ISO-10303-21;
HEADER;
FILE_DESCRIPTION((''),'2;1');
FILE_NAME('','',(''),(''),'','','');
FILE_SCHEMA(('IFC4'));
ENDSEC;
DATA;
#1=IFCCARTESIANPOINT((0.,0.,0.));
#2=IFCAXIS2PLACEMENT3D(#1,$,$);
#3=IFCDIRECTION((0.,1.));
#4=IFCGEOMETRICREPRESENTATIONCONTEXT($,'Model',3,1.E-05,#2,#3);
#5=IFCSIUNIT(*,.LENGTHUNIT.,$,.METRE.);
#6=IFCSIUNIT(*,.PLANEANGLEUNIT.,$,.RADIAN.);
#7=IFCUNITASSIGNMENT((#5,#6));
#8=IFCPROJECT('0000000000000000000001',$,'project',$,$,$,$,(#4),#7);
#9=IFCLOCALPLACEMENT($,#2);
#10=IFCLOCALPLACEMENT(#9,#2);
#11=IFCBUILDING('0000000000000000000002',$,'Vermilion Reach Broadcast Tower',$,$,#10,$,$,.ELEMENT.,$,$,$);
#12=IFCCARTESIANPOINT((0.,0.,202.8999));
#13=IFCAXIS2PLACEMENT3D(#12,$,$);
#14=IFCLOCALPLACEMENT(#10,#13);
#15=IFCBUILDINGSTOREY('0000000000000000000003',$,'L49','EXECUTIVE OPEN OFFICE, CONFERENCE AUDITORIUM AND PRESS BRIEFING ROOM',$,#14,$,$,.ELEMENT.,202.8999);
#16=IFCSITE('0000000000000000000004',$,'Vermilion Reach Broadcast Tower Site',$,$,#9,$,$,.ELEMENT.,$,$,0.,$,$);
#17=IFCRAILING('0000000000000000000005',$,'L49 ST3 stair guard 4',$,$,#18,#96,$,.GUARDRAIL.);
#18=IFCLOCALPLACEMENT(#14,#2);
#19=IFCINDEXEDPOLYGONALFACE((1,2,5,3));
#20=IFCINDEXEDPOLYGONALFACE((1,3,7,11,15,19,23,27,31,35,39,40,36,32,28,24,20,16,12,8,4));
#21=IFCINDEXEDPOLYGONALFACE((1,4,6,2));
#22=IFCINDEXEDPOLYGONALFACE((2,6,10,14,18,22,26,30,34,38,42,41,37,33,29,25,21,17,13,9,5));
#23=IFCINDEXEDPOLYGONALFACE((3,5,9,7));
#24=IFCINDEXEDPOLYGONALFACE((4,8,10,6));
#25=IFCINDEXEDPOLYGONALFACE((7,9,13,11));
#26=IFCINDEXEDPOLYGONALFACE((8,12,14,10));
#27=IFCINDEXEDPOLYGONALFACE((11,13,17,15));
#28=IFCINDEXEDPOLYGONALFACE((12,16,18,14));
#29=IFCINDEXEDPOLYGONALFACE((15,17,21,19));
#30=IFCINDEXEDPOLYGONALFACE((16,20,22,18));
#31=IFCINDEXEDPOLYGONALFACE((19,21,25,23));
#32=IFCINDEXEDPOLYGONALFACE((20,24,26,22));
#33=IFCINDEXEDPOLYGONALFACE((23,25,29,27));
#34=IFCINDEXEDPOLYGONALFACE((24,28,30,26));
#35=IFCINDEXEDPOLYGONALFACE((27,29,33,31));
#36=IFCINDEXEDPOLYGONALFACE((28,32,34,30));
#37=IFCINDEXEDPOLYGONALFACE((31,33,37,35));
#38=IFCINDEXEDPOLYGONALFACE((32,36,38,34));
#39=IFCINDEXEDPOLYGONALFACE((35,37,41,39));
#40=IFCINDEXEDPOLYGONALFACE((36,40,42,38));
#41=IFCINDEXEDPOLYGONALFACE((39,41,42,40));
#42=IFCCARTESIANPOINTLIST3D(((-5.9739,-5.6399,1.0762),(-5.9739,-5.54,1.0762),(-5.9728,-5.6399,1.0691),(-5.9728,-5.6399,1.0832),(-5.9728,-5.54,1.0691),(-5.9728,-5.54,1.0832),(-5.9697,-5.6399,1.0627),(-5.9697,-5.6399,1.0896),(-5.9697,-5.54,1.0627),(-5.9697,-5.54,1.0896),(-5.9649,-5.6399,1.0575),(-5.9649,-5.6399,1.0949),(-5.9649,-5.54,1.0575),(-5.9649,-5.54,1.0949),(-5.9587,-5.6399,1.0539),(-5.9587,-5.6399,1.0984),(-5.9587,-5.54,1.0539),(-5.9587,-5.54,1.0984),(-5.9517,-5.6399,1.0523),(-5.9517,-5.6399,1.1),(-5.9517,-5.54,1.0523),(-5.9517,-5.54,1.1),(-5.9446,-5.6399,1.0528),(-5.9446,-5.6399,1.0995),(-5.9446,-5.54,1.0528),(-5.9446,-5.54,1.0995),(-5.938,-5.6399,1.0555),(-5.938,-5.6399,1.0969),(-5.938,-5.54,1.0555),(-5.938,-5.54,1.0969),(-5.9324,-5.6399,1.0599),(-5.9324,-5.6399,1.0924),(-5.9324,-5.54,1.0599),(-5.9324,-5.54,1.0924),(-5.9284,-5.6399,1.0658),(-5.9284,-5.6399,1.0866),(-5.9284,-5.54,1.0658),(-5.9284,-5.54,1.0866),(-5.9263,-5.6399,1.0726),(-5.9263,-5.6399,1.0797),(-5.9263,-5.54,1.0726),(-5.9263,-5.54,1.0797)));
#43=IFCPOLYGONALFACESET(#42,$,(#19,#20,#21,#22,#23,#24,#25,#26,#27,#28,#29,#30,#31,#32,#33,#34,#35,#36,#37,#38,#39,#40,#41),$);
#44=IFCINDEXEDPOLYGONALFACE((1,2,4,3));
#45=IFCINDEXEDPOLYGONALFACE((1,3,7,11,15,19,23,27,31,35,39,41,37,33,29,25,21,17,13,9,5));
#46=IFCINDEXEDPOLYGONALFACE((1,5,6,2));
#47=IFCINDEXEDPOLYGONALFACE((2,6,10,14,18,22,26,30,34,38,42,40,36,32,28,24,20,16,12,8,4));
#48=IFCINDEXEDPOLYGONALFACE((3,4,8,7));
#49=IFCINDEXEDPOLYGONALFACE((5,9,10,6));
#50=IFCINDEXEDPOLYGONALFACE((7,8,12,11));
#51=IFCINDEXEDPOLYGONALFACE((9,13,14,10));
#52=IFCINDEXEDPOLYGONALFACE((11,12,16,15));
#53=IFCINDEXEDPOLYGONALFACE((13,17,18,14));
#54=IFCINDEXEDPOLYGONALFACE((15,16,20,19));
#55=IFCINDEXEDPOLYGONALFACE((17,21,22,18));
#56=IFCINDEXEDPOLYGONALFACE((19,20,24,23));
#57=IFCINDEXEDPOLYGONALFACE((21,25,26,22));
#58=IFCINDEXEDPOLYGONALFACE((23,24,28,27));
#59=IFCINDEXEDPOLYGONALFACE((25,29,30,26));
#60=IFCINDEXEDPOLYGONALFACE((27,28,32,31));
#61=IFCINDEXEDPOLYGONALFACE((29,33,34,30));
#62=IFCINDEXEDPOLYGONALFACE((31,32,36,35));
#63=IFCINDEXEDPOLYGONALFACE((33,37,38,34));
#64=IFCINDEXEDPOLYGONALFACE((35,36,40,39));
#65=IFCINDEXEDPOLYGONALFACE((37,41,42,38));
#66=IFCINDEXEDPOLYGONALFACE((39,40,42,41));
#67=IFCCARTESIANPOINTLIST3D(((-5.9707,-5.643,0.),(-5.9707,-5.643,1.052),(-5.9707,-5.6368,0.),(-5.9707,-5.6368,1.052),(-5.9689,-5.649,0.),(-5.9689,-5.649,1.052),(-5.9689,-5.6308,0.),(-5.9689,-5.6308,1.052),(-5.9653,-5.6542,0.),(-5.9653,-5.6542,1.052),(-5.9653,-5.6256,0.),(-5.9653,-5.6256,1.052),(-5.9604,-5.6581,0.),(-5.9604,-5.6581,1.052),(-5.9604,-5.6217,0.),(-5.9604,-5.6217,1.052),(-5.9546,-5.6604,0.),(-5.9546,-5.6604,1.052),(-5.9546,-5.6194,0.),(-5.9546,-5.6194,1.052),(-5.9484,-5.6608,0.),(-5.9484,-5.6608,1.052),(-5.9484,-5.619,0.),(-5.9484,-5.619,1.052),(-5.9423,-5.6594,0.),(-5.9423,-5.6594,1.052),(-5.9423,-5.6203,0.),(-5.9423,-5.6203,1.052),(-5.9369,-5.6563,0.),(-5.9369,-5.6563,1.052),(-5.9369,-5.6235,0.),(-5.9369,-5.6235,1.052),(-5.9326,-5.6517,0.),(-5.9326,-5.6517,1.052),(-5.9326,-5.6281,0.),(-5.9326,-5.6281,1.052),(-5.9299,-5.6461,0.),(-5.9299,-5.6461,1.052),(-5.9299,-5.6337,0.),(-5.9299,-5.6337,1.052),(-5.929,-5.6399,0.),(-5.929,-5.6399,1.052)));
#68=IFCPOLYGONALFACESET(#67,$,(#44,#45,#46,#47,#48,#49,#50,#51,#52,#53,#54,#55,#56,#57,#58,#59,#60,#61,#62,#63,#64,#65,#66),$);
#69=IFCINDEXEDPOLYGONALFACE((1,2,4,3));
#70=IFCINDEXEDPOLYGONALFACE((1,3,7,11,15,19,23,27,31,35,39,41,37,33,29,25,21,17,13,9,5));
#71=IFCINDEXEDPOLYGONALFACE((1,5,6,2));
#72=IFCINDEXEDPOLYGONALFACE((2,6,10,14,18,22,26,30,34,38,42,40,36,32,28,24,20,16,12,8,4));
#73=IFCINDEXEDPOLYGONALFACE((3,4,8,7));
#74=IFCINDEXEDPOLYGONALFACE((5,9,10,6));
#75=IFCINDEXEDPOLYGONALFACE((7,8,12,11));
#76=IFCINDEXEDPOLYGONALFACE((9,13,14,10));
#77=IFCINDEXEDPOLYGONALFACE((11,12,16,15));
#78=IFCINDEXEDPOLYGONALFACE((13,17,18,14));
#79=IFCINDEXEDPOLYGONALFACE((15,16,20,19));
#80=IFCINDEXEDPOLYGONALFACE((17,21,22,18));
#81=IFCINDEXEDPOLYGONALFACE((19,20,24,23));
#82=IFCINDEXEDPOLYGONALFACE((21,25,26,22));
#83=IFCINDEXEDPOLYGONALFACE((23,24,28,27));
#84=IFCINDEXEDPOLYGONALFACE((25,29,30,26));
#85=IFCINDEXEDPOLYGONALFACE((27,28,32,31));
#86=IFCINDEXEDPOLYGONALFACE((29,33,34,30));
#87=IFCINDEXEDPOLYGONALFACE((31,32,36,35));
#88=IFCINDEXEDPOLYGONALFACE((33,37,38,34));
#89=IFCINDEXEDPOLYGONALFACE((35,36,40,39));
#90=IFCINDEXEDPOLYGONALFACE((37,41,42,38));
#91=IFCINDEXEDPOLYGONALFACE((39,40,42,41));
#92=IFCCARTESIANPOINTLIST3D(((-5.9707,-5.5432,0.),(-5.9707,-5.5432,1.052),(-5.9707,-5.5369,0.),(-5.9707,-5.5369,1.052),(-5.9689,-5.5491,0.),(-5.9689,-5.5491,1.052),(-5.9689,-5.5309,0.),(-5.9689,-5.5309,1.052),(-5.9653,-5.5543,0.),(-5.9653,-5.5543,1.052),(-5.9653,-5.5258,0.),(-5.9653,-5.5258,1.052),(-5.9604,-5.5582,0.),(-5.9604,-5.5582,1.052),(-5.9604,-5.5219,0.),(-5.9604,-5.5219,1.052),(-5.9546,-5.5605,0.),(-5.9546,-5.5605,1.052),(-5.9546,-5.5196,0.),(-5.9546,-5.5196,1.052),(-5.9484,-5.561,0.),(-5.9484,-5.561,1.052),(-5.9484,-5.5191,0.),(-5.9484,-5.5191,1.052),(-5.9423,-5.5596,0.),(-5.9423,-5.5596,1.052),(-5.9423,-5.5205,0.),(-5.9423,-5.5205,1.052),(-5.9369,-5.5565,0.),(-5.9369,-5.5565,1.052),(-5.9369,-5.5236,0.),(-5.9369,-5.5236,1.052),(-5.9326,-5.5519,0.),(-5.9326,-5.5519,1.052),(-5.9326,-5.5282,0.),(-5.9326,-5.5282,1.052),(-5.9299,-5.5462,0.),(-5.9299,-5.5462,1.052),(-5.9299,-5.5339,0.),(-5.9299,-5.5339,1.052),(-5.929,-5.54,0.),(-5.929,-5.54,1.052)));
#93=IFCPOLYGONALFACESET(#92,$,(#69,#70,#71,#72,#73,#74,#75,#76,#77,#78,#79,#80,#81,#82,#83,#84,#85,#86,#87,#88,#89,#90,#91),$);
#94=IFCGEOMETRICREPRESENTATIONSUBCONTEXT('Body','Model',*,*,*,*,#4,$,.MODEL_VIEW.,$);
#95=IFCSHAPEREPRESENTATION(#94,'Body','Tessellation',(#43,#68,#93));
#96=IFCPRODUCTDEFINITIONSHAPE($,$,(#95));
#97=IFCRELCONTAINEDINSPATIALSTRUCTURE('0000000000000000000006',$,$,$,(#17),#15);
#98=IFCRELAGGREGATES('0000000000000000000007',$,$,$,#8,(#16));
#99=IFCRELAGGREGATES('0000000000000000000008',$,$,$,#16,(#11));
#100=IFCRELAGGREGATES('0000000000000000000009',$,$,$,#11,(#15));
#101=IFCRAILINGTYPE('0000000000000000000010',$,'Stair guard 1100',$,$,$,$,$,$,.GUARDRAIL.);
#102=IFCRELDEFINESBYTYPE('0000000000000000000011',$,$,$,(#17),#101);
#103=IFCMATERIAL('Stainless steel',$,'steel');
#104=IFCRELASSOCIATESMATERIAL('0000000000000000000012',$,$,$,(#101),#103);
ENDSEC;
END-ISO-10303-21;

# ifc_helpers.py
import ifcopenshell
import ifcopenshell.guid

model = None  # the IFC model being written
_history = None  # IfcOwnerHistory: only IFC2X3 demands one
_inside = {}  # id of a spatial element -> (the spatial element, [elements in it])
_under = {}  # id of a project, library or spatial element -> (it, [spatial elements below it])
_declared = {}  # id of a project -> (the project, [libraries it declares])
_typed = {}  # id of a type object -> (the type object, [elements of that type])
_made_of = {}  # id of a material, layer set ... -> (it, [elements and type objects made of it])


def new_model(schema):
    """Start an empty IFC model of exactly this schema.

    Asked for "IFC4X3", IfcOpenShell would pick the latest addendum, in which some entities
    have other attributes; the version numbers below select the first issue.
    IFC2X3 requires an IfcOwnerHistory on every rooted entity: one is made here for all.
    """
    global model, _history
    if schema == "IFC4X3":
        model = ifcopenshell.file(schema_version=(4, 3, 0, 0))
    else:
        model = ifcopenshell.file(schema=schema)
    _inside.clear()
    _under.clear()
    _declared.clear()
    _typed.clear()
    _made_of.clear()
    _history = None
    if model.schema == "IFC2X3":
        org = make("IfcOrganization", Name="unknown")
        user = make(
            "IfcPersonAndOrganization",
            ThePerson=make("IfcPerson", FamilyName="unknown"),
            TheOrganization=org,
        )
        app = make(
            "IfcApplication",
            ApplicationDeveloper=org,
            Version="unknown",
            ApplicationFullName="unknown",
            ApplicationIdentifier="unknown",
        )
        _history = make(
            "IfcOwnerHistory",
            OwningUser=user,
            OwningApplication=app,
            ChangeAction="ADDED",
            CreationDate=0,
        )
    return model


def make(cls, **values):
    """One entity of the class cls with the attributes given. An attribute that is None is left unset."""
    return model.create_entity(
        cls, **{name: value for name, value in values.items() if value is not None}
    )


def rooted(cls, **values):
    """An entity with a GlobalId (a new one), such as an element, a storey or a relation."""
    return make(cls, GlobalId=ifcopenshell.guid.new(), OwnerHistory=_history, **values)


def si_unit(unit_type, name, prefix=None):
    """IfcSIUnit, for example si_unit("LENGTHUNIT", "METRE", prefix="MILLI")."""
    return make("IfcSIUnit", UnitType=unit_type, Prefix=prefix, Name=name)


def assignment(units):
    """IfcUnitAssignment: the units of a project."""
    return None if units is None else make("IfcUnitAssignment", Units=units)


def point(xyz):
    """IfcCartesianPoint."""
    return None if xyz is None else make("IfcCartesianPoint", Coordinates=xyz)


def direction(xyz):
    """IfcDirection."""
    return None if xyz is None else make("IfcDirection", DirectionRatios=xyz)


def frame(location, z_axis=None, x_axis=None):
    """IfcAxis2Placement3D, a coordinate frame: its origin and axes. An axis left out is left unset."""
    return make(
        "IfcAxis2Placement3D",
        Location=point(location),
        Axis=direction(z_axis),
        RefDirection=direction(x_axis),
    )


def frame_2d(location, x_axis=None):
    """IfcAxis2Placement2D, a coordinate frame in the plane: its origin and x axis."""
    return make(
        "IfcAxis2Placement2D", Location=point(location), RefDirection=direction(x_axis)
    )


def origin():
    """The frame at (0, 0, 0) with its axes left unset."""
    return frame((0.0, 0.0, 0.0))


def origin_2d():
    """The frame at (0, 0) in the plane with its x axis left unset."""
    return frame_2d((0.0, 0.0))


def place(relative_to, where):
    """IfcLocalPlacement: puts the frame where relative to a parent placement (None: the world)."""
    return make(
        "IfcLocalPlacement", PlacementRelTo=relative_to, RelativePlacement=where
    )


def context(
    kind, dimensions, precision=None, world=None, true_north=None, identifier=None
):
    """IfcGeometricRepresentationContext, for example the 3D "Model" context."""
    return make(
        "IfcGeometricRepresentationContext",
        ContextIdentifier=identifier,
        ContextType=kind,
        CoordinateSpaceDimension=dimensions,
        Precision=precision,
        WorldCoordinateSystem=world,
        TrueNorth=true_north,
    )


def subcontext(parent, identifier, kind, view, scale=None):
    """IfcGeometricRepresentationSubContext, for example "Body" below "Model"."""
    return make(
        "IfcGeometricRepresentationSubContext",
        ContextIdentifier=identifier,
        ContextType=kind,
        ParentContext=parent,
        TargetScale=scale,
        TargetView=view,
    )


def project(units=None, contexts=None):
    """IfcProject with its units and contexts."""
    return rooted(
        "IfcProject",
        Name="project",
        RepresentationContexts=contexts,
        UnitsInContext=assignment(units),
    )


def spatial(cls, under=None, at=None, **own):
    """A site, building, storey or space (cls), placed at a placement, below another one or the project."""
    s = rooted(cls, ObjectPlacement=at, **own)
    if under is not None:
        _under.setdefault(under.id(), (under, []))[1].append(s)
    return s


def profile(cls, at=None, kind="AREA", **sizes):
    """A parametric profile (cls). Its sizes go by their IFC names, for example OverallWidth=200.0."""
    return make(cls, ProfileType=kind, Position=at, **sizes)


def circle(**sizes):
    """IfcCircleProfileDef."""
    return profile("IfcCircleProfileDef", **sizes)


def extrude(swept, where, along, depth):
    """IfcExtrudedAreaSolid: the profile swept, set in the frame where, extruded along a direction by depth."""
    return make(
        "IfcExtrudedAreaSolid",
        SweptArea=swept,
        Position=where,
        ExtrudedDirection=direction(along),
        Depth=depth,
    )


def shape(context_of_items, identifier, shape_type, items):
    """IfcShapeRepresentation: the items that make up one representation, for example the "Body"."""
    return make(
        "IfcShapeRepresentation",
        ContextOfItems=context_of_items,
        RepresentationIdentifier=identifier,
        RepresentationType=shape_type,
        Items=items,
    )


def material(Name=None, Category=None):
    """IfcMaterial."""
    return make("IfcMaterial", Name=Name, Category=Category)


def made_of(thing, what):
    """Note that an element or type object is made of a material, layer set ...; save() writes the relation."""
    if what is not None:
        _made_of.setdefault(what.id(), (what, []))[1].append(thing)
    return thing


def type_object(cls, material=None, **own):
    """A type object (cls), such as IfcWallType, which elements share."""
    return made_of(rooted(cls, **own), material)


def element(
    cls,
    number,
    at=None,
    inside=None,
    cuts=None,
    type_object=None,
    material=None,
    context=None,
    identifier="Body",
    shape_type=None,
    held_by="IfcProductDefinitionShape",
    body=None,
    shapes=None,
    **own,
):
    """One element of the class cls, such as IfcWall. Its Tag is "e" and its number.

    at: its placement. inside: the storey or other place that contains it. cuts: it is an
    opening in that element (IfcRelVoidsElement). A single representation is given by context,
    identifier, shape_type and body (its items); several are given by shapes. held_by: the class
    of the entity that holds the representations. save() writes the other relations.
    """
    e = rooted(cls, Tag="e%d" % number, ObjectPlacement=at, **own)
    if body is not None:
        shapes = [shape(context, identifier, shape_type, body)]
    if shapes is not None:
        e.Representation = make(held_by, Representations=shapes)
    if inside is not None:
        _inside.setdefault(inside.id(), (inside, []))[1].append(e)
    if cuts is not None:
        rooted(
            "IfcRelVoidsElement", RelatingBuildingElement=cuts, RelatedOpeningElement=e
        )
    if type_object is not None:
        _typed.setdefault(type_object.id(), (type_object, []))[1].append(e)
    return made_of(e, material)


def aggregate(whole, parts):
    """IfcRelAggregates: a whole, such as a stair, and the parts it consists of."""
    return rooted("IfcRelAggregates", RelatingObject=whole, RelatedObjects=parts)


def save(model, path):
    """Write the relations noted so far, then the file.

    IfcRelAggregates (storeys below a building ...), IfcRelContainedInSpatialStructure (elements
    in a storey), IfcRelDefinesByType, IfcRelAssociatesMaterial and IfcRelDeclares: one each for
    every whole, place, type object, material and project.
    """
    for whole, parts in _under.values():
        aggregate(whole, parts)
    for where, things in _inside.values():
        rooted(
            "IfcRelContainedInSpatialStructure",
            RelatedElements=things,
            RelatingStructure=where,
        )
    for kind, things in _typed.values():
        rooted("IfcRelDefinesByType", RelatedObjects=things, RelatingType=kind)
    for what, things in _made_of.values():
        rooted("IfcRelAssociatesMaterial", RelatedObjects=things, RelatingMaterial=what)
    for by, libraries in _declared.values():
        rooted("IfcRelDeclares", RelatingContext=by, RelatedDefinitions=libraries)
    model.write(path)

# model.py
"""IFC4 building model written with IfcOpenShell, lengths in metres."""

from ifc_helpers import new_model, si_unit, direction, frame, origin, origin_2d, place, context, subcontext, project, spatial, circle, extrude, material, type_object, element, save


model = new_model("IFC4")

# Units and contexts
model_context = context("Model", 3, precision=1e-05, world=origin(), true_north=direction((0.0, 1.0)))
body_context = subcontext(model_context, "Body", "Model", "MODEL_VIEW")
ifc_project = project(units=[si_unit("LENGTHUNIT", "METRE"), si_unit("PLANEANGLEUNIT", "RADIAN")], contexts=[model_context])

# Site, building, storey
site_placement = place(None, origin())
site = spatial("IfcSite", under=ifc_project, at=site_placement, Name="Vermilion Reach Broadcast Tower Site", CompositionType="ELEMENT", RefElevation=0.0)
building_placement = place(site_placement, origin())
building = spatial("IfcBuilding", under=site, at=building_placement, Name="Vermilion Reach Broadcast Tower", CompositionType="ELEMENT")
storey_placement = place(building_placement, frame((0.0, 0.0, 202.8999)))
storey = spatial("IfcBuildingStorey", under=building, at=storey_placement, Name="L49", Description="EXECUTIVE OPEN OFFICE, CONFERENCE AUDITORIUM AND PRESS BRIEFING ROOM", CompositionType="ELEMENT", Elevation=202.8999)

# Railing
ifc_material_1 = material(Name="Stainless steel", Category="steel")
railing_type_1 = type_object("IfcRailingType", Name="Stair guard 1100", PredefinedType="GUARDRAIL", material=ifc_material_1)
railing_1_placement = place(storey_placement, frame((-5.95, -5.6399, 0.0)))
element("IfcRailing", 1, at=railing_1_placement, inside=storey, type_object=railing_type_1, Name="L49 ST3 stair guard 4", PredefinedType="GUARDRAIL", context=body_context, shape_type="SweptSolid", body=[
    extrude(circle(Radius=0.0239, at=origin_2d()), frame((0.0, 0.0, 1.0762), z_axis=(0.0, 1.0, 0.0), x_axis=(-1.0, 0.0, 0.0)), (0.0, 0.0, 1.0), 0.0999),
    extrude(circle(Radius=0.021, at=origin_2d()), origin(), (0.0, 0.0, 1.0), 1.052),
    extrude(circle(Radius=0.021, at=origin_2d()), frame((0.0, 0.0999, 0.0)), (0.0, 0.0, 1.0), 1.052),
])

save(model, "model.ifc")
